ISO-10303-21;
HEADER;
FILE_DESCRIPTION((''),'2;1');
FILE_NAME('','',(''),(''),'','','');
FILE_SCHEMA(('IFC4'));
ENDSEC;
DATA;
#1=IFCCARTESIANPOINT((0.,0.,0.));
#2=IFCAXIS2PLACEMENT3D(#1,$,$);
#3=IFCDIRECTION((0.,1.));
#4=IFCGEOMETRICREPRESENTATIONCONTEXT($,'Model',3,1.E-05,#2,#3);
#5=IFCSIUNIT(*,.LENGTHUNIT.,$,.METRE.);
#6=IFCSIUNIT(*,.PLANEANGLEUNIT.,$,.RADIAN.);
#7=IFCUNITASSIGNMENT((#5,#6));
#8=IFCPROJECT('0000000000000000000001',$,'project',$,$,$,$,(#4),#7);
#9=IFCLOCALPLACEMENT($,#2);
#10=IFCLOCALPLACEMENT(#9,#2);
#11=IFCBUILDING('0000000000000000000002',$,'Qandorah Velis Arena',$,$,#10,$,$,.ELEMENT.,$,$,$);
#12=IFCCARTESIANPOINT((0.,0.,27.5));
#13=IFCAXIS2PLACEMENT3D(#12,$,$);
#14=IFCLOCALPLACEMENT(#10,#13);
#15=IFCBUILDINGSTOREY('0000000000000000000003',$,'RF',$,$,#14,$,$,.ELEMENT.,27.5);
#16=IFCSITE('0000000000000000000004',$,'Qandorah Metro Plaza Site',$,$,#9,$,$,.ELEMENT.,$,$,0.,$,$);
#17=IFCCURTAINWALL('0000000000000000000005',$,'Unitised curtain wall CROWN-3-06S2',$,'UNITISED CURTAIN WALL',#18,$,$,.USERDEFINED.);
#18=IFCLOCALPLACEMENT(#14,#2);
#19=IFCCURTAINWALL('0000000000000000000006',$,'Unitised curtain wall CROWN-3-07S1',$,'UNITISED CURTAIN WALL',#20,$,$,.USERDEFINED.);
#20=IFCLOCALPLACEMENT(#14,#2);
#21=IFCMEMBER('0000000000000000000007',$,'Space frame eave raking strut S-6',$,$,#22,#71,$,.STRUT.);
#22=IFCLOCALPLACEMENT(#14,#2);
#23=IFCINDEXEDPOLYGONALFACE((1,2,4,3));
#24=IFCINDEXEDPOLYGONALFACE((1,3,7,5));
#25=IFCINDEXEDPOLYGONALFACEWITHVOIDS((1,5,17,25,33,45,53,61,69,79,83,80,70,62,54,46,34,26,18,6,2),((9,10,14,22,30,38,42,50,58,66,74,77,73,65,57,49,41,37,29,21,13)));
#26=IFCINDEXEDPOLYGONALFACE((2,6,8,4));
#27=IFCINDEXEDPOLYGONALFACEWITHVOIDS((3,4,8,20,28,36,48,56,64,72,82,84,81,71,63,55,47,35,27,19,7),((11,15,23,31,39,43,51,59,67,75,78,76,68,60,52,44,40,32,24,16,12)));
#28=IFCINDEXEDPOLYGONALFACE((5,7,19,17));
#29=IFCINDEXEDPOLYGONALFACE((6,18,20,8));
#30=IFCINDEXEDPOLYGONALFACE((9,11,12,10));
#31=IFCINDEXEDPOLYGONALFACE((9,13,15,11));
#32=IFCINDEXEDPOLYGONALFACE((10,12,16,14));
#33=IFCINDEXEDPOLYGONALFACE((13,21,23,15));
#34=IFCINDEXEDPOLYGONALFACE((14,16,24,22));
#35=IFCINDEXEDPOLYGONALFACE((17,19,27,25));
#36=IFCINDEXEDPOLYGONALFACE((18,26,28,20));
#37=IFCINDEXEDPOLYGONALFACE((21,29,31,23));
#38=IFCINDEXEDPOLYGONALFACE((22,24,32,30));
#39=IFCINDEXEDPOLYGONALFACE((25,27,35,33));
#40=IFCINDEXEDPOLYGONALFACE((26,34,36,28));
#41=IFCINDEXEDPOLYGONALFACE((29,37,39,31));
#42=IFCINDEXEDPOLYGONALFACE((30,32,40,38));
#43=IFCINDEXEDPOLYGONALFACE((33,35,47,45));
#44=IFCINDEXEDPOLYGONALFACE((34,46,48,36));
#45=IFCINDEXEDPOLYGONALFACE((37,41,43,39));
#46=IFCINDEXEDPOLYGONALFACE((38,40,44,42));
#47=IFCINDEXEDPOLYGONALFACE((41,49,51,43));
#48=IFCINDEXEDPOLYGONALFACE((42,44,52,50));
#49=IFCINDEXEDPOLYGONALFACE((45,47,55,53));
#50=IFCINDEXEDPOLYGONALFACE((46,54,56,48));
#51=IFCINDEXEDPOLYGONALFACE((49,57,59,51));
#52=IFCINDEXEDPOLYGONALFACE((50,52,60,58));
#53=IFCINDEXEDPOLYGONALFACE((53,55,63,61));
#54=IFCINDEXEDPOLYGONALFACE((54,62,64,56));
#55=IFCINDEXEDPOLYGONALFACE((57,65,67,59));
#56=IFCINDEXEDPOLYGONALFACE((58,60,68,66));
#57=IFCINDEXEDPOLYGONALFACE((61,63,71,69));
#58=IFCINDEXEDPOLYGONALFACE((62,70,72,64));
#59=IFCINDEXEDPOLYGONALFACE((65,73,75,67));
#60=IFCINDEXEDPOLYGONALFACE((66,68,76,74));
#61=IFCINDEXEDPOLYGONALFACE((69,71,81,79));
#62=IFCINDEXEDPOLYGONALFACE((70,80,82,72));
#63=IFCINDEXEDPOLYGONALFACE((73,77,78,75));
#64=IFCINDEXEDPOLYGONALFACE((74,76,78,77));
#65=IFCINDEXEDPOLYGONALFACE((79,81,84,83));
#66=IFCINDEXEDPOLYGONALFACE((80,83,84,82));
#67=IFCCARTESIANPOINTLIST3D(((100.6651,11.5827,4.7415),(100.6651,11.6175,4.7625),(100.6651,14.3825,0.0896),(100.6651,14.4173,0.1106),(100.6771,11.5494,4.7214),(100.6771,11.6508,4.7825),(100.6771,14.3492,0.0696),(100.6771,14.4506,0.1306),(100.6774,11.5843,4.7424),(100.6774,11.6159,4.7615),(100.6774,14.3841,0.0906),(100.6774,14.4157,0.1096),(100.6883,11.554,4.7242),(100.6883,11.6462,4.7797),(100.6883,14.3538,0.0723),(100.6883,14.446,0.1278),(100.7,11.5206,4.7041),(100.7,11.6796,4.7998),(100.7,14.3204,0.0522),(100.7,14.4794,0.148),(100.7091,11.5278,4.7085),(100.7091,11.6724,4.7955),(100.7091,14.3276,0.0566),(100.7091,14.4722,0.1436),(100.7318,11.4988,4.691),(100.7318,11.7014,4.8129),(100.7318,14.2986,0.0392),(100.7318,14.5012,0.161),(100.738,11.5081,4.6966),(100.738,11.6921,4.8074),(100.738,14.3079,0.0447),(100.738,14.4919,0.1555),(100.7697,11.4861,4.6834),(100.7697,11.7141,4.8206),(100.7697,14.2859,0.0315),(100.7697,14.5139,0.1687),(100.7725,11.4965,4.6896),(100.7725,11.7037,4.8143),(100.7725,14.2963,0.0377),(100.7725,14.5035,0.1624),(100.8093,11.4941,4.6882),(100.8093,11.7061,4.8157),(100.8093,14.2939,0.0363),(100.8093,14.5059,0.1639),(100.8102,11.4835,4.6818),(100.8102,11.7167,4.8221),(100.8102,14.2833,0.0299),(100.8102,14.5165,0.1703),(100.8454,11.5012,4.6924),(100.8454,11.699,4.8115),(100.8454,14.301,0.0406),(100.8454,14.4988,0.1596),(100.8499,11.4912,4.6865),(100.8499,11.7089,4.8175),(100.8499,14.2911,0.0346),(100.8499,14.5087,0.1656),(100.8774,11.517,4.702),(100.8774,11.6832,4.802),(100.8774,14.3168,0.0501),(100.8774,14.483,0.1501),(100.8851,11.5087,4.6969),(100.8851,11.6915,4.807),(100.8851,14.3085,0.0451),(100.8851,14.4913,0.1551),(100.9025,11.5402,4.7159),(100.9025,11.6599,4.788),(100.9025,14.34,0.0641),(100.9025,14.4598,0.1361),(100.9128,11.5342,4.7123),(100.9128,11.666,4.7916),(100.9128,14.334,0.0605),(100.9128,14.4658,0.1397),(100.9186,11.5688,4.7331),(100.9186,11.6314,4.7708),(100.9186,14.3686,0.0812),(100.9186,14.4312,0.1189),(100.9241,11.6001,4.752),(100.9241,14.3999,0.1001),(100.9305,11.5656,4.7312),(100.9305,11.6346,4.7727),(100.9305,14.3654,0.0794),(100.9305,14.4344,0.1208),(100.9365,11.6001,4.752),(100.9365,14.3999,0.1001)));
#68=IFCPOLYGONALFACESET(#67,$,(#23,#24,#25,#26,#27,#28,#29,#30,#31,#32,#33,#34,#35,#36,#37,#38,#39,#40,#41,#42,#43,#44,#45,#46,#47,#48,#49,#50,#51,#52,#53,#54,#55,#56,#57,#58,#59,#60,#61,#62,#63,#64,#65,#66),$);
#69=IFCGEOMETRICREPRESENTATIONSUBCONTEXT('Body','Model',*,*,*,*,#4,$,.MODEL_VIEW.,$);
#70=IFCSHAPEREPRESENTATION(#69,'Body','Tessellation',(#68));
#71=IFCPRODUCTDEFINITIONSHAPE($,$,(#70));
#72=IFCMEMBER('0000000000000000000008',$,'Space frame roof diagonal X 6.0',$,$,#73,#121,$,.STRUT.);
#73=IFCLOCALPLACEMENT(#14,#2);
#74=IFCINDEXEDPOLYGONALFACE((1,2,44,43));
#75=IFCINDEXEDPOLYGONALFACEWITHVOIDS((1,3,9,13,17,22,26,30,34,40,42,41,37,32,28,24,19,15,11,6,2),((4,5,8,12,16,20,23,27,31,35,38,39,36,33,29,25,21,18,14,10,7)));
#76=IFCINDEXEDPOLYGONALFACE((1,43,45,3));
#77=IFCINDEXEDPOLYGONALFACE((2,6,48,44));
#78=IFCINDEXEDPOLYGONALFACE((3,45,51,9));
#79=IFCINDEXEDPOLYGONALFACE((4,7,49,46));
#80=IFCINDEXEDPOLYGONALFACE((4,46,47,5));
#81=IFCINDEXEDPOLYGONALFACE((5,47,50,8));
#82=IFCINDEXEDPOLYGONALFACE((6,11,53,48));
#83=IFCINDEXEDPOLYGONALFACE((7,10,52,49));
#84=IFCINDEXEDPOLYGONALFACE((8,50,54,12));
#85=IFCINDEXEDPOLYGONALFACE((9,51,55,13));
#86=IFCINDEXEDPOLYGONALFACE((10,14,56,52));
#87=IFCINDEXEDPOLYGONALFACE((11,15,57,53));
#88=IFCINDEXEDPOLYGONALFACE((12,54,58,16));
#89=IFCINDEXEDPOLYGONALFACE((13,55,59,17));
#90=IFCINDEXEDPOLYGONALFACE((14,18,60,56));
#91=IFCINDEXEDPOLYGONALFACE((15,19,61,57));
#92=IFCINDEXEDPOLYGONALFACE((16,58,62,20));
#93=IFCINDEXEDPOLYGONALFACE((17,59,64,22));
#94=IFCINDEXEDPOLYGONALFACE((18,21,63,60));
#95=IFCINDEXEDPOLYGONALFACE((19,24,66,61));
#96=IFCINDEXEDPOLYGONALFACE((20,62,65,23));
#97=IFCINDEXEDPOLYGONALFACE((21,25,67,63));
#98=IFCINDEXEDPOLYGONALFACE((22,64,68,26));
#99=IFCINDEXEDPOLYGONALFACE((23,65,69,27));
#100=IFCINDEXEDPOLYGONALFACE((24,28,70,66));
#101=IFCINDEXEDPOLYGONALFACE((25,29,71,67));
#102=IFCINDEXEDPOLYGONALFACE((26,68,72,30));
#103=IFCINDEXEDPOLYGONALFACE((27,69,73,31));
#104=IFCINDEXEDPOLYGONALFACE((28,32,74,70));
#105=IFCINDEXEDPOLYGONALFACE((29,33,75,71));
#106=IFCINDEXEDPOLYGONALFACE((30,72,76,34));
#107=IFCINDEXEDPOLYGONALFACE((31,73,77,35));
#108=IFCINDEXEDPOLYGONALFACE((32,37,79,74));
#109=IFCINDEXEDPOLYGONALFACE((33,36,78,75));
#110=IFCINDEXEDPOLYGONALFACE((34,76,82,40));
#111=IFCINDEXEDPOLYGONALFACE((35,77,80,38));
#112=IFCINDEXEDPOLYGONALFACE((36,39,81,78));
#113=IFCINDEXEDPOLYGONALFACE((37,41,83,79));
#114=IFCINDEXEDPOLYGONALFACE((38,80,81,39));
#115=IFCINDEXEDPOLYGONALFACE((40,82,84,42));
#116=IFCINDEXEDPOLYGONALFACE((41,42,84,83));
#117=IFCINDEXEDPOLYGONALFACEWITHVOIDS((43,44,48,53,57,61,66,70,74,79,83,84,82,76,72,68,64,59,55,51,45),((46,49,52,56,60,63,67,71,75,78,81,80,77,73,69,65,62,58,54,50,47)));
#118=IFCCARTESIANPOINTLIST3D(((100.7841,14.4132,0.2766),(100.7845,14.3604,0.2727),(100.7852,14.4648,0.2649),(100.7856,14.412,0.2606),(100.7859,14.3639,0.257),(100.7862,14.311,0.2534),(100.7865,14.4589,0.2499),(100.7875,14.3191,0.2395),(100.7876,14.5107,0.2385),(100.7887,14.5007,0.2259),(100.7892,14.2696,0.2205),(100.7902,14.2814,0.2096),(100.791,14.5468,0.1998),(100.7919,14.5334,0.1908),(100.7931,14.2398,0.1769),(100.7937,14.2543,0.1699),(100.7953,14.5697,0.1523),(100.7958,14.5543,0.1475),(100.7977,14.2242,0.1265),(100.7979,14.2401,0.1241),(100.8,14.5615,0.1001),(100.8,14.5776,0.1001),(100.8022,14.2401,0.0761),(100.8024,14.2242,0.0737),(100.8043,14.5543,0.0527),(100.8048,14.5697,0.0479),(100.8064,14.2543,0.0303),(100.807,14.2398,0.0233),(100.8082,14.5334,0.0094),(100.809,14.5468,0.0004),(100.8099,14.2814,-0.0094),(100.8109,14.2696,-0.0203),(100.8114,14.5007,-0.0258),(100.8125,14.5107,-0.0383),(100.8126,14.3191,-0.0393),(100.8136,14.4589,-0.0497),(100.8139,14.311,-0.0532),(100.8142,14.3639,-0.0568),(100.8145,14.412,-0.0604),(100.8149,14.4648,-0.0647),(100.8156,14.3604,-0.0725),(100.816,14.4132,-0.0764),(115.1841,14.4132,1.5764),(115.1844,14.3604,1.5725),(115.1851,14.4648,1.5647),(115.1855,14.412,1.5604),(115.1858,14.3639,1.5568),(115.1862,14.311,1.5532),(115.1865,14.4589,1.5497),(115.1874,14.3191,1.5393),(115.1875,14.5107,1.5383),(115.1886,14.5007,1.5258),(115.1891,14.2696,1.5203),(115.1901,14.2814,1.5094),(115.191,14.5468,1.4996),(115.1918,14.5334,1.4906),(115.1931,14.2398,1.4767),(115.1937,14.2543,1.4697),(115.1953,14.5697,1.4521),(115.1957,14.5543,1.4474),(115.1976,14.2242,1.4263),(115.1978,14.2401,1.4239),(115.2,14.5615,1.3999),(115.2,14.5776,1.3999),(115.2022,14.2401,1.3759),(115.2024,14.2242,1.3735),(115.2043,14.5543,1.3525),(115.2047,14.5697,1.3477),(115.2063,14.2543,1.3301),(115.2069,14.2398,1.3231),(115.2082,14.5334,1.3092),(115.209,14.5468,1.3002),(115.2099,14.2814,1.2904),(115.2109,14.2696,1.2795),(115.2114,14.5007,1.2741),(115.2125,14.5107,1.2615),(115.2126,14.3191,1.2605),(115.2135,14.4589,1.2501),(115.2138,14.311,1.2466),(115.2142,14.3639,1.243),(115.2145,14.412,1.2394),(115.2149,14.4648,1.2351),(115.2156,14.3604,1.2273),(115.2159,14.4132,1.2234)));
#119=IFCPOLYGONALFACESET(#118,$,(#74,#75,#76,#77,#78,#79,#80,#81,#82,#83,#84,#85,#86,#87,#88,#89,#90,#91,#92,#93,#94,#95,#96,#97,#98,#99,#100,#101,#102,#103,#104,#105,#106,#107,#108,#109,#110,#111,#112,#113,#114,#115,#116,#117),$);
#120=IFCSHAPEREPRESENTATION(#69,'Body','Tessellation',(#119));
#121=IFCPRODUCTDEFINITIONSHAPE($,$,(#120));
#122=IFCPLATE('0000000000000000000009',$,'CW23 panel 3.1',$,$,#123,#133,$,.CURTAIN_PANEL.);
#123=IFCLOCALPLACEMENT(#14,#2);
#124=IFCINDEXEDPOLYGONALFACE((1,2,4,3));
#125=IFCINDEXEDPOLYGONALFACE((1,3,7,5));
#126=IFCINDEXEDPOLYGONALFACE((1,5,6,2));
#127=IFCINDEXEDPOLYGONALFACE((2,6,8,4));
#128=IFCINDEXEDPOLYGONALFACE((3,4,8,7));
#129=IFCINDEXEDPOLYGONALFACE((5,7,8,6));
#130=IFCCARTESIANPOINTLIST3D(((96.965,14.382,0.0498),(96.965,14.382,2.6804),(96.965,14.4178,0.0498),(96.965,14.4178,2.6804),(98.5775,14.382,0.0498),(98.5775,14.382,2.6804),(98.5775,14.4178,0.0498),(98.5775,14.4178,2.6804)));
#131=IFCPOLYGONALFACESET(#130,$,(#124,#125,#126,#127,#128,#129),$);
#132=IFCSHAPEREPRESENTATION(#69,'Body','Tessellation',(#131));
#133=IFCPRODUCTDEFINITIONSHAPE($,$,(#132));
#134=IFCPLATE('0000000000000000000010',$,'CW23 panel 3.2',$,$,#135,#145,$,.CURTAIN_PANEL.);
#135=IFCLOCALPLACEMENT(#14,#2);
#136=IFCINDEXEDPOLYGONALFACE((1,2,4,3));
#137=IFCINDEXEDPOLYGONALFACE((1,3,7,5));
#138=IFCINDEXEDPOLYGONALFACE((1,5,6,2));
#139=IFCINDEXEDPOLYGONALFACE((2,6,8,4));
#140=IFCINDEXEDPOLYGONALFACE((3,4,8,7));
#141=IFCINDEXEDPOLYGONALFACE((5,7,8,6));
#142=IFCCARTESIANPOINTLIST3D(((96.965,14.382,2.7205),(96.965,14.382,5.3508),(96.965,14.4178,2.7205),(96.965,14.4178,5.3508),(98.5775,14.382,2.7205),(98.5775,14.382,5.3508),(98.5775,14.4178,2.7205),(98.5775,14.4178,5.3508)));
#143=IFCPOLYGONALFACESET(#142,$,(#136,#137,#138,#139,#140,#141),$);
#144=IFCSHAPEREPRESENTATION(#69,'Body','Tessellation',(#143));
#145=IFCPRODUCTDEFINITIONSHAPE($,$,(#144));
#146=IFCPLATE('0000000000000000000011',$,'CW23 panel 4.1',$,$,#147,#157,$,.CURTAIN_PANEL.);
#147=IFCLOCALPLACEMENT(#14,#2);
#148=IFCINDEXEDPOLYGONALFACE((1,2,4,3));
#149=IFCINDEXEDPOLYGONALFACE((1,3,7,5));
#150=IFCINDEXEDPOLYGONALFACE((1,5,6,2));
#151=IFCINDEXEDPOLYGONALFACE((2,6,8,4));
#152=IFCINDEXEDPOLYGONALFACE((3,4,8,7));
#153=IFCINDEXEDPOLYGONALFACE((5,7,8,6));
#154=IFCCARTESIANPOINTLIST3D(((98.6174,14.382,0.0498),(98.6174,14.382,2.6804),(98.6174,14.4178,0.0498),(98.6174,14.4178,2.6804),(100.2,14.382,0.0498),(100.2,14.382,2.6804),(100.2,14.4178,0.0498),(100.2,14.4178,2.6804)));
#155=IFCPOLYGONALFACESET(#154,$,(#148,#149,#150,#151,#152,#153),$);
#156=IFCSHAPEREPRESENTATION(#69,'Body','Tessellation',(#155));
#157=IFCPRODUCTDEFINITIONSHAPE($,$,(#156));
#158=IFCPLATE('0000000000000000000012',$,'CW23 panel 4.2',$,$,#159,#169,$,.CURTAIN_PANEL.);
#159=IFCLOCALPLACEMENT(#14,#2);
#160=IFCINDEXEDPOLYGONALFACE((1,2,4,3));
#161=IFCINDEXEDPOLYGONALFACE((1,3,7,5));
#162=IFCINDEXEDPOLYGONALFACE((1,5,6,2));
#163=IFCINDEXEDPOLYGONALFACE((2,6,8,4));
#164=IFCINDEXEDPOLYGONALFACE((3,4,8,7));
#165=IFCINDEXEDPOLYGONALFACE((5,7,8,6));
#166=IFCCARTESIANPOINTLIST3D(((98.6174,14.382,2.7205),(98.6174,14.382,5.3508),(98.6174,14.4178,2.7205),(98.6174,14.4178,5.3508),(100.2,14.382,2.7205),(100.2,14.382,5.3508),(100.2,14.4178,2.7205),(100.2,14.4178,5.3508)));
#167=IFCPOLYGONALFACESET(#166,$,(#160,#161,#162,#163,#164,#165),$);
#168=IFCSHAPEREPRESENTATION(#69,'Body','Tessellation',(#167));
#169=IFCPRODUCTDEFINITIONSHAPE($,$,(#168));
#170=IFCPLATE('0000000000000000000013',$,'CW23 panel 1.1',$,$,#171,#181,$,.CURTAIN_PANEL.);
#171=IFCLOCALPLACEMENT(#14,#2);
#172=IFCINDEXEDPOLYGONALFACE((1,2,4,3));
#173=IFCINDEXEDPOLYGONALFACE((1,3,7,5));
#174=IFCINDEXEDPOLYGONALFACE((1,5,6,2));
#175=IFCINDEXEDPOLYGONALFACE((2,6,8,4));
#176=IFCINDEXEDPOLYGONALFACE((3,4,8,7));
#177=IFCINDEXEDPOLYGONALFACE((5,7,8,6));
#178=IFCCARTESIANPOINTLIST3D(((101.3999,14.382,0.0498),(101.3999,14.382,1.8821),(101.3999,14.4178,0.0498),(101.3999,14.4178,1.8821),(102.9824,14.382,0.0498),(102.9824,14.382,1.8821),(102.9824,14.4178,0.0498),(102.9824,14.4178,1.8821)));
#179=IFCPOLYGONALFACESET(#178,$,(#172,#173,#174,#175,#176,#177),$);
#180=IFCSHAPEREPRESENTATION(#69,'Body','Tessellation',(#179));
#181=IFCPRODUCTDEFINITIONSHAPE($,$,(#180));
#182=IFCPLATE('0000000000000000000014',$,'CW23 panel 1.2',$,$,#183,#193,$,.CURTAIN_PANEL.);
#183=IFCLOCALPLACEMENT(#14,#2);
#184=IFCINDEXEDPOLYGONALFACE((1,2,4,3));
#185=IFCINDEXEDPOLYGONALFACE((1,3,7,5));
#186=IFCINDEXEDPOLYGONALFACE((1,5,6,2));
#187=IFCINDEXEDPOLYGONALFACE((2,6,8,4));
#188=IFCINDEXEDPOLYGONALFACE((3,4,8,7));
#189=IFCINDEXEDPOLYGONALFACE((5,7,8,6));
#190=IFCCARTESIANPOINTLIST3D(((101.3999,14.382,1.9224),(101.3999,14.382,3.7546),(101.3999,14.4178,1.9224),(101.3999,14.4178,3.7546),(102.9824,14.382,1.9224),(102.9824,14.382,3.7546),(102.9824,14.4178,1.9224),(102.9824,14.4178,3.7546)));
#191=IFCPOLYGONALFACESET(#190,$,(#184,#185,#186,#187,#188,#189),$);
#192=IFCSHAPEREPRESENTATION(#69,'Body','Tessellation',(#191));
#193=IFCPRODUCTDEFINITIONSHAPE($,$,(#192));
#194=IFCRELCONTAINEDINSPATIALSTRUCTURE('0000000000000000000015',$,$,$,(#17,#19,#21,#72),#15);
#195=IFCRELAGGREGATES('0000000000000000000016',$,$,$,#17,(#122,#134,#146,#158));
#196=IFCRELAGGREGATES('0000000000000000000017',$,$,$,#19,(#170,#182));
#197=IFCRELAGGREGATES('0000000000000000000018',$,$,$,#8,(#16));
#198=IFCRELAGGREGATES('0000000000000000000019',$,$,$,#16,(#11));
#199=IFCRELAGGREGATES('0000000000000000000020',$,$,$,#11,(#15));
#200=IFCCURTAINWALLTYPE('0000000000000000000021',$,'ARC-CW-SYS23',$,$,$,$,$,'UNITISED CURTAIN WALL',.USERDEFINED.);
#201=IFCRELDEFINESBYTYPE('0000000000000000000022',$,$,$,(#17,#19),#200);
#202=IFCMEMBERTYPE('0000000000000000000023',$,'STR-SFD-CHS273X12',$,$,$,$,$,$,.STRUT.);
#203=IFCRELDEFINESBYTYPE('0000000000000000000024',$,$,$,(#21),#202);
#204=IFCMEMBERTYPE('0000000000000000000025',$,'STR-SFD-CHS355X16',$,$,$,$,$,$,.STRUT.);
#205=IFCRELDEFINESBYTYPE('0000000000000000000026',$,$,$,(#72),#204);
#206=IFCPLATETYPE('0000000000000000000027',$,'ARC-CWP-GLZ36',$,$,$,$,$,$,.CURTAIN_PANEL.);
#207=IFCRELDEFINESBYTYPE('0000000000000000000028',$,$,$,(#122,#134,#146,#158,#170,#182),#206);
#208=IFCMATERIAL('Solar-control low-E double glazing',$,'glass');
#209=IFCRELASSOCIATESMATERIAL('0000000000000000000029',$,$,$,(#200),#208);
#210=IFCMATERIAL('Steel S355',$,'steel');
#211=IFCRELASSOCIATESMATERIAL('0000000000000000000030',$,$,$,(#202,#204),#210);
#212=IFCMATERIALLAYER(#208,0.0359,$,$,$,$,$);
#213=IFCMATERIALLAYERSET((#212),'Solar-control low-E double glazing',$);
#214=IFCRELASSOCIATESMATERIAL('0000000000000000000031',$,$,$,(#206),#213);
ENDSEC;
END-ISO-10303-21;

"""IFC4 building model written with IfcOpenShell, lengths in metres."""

from ifc_helpers import new_model, si_unit, direction, frame, origin, origin_2d, place, context, subcontext, project, spatial, rectangle, hollow_circle, extrude, material, layer, layer_set, material_profile, profile_set, type_object, element, aggregate, save


model = new_model("IFC4")

# Units and contexts
model_context = context("Model", 3, precision=1e-05, world=origin(), true_north=direction((0.0, 1.0)))
body_context = subcontext(model_context, "Body", "Model", "MODEL_VIEW")
ifc_project = project(units=[si_unit("LENGTHUNIT", "METRE"), si_unit("PLANEANGLEUNIT", "RADIAN")], contexts=[model_context])

# Site, building, storey
site_placement = place(None, origin())
site = spatial("IfcSite", under=ifc_project, at=site_placement, Name="Qandorah Metro Plaza Site", CompositionType="ELEMENT", RefElevation=0.0)
building_placement = place(site_placement, origin())
building = spatial("IfcBuilding", under=site, at=building_placement, Name="Qandorah Velis Arena", CompositionType="ELEMENT")
storey_placement = place(building_placement, frame((0.0, 0.0, 27.5)))
storey = spatial("IfcBuildingStorey", under=building, at=storey_placement, Name="RF", CompositionType="ELEMENT", Elevation=27.5)

# Curtain walls
ifc_material_1 = material(Name="Solar-control low-E double glazing", Category="glass")
curtain_wall_type = type_object("IfcCurtainWallType", Name="ARC-CW-SYS23", ElementType="UNITISED CURTAIN WALL", PredefinedType="USERDEFINED", material=ifc_material_1)
curtain_wall_1_placement = place(storey_placement, origin())
curtain_wall_1 = element("IfcCurtainWall", 1, at=curtain_wall_1_placement, inside=storey, type_object=curtain_wall_type, Name="Unitised curtain wall CROWN-3-06S2", ObjectType="UNITISED CURTAIN WALL", PredefinedType="USERDEFINED")
curtain_wall_2_placement = place(storey_placement, origin())
curtain_wall_2 = element("IfcCurtainWall", 2, at=curtain_wall_2_placement, inside=storey, type_object=curtain_wall_type, Name="Unitised curtain wall CROWN-3-07S1", ObjectType="UNITISED CURTAIN WALL", PredefinedType="USERDEFINED")

# Shared definitions
ifc_material_2 = material(Name="Steel S355", Category="steel")

# Members
ifc_material_profile_1 = material_profile(ifc_material_2, hollow_circle(Radius=0.1365, WallThickness=0.0125, at=origin_2d()), Name="CHS 273x12.5")
ifc_profile_set_1 = profile_set([ifc_material_profile_1], Name="Steel S355")
member_type_1 = type_object("IfcMemberType", Name="STR-SFD-CHS273X12", PredefinedType="STRUT", material=ifc_profile_set_1)
member_1_placement = place(storey_placement, frame((100.8, 14.3999, 0.1001), z_axis=(0.0, -0.515672, 0.856786), x_axis=(1.0, 0.0, 0.0)))
element("IfcMember", 3, at=member_1_placement, inside=storey, type_object=member_type_1, Name="Space frame eave raking strut S-6", PredefinedType="STRUT", context=body_context, shape_type="SweptSolid", body=[
    extrude(hollow_circle(Radius=0.1365, WallThickness=0.0125, at=origin_2d()), origin(), (0.0, 0.0, 1.0), 5.4294),
])
ifc_material_profile_2 = material_profile(ifc_material_2, hollow_circle(Radius=0.1777, WallThickness=0.0161, at=origin_2d()), Name="CHS 355.6x16")
ifc_profile_set_2 = profile_set([ifc_material_profile_2], Name="Steel S355")
member_type_2 = type_object("IfcMemberType", Name="STR-SFD-CHS355X16", PredefinedType="STRUT", material=ifc_profile_set_2)
member_2_placement = place(storey_placement, frame((100.8, 14.3999, 0.1001), z_axis=(0.995951, 0.0, 0.089899), x_axis=(0.0, 1.0, 0.0)))
element("IfcMember", 4, at=member_2_placement, inside=storey, type_object=member_type_2, Name="Space frame roof diagonal X 6.0", PredefinedType="STRUT", context=body_context, shape_type="SweptSolid", body=[
    extrude(hollow_circle(Radius=0.1777, WallThickness=0.0161, at=origin_2d()), origin(), (0.0, 0.0, 1.0), 14.4585),
])

# Plates
ifc_layer_1 = layer(ifc_material_1, 0.0359)
ifc_layer_set_1 = layer_set([ifc_layer_1], Name="Solar-control low-E double glazing")
plate_type_1 = type_object("IfcPlateType", Name="ARC-CWP-GLZ36", PredefinedType="CURTAIN_PANEL", material=ifc_layer_set_1)
plate_1_placement = place(storey_placement, frame((97.7712, 14.3999, 0.0498), z_axis=(0.0, 0.0, 1.0), x_axis=(1.0, 0.0, 0.0)))
plate_1 = element("IfcPlate", 5, at=plate_1_placement, type_object=plate_type_1, Name="CW23 panel 3.1", PredefinedType="CURTAIN_PANEL", context=body_context, shape_type="SweptSolid", body=[
    extrude(rectangle(XDim=1.6125, YDim=0.0359, at=origin_2d()), origin(), (0.0, 0.0, 1.0), 2.6306),
])
plate_2_placement = place(storey_placement, frame((97.7712, 14.3999, 2.7205), z_axis=(0.0, 0.0, 1.0), x_axis=(1.0, 0.0, 0.0)))
plate_2 = element("IfcPlate", 6, at=plate_2_placement, type_object=plate_type_1, Name="CW23 panel 3.2", PredefinedType="CURTAIN_PANEL", context=body_context, shape_type="SweptSolid", body=[
    extrude(rectangle(XDim=1.6125, YDim=0.0359, at=origin_2d()), origin(), (0.0, 0.0, 1.0), 2.6304),
])
plate_3_placement = place(storey_placement, frame((99.4087, 14.3999, 0.0498), z_axis=(0.0, 0.0, 1.0), x_axis=(1.0, 0.0, 0.0)))
plate_3 = element("IfcPlate", 7, at=plate_3_placement, type_object=plate_type_1, Name="CW23 panel 4.1", PredefinedType="CURTAIN_PANEL", context=body_context, shape_type="SweptSolid", body=[
    extrude(rectangle(XDim=1.5825, YDim=0.0359, at=origin_2d()), origin(), (0.0, 0.0, 1.0), 2.6306),
])
plate_4_placement = place(storey_placement, frame((99.4087, 14.3999, 2.7205), z_axis=(0.0, 0.0, 1.0), x_axis=(1.0, 0.0, 0.0)))
plate_4 = element("IfcPlate", 8, at=plate_4_placement, type_object=plate_type_1, Name="CW23 panel 4.2", PredefinedType="CURTAIN_PANEL", context=body_context, shape_type="SweptSolid", body=[
    extrude(rectangle(XDim=1.5825, YDim=0.0359, at=origin_2d()), origin(), (0.0, 0.0, 1.0), 2.6304),
])
aggregate(curtain_wall_1, [plate_1, plate_2, plate_3, plate_4])
plate_5_placement = place(storey_placement, frame((102.1912, 14.3999, 0.0498), z_axis=(0.0, 0.0, 1.0), x_axis=(1.0, 0.0, 0.0)))
plate_5 = element("IfcPlate", 9, at=plate_5_placement, type_object=plate_type_1, Name="CW23 panel 1.1", PredefinedType="CURTAIN_PANEL", context=body_context, shape_type="SweptSolid", body=[
    extrude(rectangle(XDim=1.5825, YDim=0.0359, at=origin_2d()), origin(), (0.0, 0.0, 1.0), 1.8323),
])
plate_6_placement = place(storey_placement, frame((102.1912, 14.3999, 1.9224), z_axis=(0.0, 0.0, 1.0), x_axis=(1.0, 0.0, 0.0)))
plate_6 = element("IfcPlate", 10, at=plate_6_placement, type_object=plate_type_1, Name="CW23 panel 1.2", PredefinedType="CURTAIN_PANEL", context=body_context, shape_type="SweptSolid", body=[
    extrude(rectangle(XDim=1.5825, YDim=0.0359, at=origin_2d()), origin(), (0.0, 0.0, 1.0), 1.8323),
])
aggregate(curtain_wall_2, [plate_5, plate_6])

save(model, "model.ifc")
